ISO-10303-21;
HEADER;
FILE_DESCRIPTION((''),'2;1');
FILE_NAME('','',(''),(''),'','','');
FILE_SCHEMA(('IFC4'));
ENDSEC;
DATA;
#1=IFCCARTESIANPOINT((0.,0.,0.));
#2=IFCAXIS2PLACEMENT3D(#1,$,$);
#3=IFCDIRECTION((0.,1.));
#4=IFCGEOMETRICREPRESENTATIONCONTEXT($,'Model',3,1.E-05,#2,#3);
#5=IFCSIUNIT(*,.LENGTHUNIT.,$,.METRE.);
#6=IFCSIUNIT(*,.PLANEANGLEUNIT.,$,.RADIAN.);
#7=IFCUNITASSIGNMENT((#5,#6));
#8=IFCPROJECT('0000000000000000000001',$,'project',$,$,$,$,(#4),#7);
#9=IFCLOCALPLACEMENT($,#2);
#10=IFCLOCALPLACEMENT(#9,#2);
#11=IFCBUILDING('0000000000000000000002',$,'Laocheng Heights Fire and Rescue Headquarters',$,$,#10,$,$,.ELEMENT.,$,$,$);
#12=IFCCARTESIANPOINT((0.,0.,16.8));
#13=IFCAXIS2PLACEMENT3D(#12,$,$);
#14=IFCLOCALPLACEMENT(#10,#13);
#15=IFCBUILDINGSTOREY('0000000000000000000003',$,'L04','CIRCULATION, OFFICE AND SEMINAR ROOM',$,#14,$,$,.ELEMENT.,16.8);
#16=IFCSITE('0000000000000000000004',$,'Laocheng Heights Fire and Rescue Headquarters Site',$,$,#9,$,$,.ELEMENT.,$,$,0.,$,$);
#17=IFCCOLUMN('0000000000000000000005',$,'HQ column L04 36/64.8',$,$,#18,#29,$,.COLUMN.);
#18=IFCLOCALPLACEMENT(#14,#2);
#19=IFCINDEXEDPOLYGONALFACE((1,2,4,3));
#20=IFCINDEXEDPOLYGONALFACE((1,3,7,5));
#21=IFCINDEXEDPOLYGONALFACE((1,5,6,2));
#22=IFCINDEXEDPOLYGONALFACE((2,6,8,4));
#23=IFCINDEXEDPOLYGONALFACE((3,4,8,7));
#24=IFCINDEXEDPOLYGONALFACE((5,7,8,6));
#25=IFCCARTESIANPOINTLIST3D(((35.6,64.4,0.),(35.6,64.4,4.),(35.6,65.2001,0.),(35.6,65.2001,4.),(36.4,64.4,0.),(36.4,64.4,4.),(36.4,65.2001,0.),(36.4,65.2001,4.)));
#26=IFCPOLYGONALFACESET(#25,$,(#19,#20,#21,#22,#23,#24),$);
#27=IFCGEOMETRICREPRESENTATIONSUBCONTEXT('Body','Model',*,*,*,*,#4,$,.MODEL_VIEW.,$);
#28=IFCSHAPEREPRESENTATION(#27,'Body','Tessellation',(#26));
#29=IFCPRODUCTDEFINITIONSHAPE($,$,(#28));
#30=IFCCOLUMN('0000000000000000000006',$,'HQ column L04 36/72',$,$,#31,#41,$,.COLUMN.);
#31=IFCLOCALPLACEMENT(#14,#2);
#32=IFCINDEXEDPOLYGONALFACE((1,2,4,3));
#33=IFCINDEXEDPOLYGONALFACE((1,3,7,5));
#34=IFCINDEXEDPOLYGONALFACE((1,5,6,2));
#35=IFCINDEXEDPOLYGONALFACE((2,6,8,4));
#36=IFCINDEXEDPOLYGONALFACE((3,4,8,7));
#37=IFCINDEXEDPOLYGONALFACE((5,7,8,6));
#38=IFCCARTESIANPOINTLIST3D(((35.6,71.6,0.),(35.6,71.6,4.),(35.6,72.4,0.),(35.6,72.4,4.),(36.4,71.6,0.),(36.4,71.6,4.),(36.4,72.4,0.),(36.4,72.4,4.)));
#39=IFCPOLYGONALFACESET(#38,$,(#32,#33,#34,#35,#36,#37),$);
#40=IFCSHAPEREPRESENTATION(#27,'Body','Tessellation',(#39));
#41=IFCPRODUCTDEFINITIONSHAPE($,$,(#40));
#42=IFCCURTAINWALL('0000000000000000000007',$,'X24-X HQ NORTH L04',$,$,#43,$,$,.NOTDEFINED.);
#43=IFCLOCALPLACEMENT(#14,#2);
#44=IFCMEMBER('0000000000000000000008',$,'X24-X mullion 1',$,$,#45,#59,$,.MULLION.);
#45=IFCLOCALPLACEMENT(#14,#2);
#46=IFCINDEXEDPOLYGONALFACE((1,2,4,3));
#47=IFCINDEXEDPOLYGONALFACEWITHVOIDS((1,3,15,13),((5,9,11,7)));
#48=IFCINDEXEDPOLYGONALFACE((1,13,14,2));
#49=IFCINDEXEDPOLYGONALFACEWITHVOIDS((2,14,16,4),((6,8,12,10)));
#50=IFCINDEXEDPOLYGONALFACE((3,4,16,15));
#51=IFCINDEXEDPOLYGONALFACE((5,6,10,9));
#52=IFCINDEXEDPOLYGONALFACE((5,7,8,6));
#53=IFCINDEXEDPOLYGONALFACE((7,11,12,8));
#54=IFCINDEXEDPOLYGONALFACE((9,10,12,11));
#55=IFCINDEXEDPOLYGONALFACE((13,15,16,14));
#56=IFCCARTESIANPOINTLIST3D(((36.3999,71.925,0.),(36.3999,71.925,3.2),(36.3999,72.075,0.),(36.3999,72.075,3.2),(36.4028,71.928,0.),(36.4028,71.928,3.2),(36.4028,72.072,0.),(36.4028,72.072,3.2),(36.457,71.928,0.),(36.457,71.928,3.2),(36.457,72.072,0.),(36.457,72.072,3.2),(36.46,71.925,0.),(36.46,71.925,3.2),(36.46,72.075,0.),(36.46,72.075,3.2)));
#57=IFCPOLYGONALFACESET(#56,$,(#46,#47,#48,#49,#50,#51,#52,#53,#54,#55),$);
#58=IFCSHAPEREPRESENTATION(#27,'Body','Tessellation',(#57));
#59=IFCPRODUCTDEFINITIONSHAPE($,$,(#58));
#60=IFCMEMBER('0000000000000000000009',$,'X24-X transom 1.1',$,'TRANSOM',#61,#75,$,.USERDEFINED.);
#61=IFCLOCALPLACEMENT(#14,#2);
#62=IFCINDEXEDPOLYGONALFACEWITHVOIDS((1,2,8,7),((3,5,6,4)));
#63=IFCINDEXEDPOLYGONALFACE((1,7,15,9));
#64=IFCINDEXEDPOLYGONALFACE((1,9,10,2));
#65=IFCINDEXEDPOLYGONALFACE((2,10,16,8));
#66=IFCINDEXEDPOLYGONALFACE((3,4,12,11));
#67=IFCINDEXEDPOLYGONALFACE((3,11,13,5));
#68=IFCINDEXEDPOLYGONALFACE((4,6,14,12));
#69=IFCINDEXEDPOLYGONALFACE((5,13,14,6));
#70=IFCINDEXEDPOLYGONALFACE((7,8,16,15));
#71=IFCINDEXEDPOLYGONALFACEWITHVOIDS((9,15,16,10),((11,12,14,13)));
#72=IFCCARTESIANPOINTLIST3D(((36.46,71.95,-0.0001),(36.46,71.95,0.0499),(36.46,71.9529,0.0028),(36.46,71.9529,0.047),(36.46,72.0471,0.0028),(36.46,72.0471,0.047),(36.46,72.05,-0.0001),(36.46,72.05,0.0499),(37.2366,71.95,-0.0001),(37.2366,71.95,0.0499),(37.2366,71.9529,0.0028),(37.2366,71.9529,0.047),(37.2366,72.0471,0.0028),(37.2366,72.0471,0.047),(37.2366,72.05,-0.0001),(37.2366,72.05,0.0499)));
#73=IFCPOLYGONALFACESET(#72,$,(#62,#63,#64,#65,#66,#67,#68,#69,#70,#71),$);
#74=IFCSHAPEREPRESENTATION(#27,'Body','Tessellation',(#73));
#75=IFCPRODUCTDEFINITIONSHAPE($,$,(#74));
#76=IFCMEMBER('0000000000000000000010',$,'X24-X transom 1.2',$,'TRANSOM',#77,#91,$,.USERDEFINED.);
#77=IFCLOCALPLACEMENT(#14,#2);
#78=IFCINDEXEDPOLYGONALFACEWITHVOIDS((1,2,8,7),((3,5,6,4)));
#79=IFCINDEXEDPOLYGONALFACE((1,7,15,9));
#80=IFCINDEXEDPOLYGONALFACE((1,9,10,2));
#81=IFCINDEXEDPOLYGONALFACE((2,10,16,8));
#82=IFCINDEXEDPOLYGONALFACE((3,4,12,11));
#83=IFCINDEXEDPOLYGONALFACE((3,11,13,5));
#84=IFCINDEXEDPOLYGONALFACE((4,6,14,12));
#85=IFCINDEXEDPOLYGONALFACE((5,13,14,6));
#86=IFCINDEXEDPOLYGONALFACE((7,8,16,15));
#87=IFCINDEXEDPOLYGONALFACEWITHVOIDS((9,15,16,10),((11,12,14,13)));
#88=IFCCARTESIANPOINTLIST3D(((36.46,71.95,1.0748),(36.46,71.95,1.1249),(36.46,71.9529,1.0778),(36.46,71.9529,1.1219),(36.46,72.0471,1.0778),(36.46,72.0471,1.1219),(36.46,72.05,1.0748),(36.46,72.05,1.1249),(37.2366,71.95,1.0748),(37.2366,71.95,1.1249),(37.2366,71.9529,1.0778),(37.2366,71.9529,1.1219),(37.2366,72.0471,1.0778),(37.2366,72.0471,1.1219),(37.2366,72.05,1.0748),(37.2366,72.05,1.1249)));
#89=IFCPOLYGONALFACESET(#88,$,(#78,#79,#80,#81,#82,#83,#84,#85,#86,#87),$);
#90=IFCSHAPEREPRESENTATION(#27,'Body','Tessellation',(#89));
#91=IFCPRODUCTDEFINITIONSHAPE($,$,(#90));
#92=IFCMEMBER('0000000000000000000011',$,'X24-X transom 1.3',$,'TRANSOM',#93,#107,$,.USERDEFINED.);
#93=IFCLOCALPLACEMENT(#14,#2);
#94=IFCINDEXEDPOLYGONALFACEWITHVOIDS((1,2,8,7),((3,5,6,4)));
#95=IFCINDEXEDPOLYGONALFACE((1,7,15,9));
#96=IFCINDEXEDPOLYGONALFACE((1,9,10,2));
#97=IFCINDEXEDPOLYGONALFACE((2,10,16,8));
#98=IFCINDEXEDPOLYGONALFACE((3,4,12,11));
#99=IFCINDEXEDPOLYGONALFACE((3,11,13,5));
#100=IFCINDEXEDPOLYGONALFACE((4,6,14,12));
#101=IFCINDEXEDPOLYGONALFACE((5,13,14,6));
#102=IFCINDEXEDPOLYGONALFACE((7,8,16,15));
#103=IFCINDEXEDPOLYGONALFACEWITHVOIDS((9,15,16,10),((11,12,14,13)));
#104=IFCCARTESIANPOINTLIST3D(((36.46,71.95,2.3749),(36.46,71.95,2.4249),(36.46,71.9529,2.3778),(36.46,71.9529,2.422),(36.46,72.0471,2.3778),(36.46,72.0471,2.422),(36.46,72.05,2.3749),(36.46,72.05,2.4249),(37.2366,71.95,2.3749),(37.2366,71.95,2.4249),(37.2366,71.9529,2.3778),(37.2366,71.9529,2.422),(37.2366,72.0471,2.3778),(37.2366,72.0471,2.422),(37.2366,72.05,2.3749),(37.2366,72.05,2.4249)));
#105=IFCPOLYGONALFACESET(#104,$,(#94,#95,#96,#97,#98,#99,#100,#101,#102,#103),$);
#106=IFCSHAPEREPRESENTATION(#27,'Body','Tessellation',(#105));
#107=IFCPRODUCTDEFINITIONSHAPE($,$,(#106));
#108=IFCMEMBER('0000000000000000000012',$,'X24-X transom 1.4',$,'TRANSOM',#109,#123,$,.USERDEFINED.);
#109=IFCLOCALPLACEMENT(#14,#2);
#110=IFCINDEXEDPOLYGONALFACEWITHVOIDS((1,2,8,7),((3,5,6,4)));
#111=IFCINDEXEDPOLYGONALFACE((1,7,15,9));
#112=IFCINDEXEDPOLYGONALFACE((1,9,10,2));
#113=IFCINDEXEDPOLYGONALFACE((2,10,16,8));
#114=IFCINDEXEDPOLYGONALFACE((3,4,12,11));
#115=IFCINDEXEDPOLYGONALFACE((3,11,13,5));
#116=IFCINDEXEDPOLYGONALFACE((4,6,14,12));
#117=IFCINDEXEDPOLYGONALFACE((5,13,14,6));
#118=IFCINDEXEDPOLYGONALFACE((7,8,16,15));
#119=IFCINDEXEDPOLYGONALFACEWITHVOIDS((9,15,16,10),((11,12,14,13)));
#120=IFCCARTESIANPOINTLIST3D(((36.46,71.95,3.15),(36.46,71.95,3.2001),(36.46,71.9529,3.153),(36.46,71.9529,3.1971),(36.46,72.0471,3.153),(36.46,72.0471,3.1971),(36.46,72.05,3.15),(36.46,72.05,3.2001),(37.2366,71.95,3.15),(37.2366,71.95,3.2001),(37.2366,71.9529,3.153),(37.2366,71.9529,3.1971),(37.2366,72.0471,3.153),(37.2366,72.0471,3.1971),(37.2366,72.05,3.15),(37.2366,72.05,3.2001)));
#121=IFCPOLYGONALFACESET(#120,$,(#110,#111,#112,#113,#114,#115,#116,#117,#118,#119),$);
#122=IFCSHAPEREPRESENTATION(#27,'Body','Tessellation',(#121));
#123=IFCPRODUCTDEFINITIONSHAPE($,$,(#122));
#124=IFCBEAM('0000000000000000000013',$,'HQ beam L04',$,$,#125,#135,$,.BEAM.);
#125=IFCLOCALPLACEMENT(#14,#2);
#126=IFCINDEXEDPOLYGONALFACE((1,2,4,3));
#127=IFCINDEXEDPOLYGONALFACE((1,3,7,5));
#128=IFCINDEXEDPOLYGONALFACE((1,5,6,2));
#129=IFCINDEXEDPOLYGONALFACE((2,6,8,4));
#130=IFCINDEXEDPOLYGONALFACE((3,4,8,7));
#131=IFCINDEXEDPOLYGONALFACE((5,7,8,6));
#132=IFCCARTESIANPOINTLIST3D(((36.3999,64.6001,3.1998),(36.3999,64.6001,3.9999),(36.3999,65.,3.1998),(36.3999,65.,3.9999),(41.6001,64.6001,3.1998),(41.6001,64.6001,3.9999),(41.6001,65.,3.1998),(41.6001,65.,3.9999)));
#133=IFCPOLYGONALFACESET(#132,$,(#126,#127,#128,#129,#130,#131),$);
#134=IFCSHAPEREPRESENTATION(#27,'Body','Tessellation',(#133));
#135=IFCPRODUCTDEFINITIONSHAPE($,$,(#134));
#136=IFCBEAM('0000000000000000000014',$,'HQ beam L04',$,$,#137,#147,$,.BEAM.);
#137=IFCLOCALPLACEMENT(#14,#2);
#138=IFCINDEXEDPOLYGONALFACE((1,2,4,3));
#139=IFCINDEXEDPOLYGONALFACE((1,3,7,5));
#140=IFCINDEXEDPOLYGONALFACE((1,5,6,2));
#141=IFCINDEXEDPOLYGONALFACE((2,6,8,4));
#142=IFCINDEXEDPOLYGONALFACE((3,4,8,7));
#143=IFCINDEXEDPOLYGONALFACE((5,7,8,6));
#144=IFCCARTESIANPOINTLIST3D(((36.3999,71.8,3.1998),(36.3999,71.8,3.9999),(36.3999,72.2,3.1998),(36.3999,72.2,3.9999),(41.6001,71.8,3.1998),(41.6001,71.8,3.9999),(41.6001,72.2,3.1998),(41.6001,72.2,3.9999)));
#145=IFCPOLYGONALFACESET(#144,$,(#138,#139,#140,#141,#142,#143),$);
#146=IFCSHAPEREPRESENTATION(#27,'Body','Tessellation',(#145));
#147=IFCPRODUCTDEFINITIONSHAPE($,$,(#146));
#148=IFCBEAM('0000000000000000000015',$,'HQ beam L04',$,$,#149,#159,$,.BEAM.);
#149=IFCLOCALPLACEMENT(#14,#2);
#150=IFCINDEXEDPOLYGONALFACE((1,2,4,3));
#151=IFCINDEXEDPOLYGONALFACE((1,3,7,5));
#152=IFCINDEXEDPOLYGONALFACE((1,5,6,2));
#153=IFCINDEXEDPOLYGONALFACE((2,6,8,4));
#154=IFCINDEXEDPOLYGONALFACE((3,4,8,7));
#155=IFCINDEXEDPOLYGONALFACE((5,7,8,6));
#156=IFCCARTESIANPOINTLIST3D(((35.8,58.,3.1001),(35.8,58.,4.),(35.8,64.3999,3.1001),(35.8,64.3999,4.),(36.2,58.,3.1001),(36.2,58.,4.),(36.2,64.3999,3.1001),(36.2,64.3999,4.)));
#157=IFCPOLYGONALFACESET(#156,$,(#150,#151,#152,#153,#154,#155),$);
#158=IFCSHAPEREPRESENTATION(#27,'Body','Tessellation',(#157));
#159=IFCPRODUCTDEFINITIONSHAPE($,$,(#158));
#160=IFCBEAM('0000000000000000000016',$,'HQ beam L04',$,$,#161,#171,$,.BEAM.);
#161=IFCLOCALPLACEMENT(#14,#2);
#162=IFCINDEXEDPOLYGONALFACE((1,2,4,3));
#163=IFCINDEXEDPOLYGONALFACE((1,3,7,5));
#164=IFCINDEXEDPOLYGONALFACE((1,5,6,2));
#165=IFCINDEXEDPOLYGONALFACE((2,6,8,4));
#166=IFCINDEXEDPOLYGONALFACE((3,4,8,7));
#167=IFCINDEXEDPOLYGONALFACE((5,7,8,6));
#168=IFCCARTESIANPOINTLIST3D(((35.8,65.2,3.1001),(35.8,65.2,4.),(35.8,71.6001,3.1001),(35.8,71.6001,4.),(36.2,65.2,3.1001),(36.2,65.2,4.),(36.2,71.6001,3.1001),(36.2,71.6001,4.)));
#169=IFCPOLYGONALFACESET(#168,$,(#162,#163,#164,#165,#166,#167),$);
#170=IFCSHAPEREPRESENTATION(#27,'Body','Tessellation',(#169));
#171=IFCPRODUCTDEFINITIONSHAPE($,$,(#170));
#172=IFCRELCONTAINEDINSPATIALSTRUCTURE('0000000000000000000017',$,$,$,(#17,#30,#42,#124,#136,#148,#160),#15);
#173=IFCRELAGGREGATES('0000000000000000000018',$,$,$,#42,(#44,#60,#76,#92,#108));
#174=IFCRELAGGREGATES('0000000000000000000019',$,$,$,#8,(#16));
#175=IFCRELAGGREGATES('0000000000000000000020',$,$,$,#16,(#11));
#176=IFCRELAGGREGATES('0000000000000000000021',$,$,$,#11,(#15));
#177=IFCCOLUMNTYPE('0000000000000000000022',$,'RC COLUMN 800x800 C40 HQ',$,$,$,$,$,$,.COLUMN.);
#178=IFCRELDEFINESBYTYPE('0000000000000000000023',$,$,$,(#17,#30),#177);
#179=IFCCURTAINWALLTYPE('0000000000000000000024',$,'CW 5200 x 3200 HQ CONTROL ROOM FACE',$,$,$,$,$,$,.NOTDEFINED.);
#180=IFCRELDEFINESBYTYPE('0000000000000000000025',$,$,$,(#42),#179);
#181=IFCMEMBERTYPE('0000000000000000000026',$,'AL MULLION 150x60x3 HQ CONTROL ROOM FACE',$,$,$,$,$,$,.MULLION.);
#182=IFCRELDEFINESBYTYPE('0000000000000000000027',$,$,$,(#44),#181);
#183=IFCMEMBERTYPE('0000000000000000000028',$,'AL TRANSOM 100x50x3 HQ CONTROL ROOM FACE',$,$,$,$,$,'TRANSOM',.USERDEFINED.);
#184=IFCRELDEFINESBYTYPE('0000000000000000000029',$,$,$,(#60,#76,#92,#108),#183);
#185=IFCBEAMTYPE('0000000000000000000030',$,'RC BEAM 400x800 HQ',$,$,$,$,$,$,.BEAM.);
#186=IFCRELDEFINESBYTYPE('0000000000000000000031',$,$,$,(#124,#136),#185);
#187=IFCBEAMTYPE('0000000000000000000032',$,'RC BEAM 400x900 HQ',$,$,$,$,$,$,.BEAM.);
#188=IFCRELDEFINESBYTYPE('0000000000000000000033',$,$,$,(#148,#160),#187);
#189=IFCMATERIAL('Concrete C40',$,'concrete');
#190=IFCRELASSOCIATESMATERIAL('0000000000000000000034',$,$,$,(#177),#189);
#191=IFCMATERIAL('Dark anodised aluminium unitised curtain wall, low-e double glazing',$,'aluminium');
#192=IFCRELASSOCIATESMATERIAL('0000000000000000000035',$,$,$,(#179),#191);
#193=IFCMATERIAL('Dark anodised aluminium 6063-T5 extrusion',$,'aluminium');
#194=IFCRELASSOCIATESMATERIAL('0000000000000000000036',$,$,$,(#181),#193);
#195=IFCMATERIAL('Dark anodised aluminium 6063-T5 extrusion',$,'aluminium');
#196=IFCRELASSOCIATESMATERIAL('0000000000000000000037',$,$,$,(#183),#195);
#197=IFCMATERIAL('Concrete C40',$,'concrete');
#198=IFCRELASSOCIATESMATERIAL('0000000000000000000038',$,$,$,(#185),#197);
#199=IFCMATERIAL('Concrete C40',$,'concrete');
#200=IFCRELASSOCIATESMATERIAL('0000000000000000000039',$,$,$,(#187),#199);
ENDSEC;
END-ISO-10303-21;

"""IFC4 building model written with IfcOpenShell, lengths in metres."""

from ifc_helpers import new_model, si_unit, direction, frame, origin, origin_2d, place, context, subcontext, project, spatial, rectangle, hollow_rectangle, extrude, material, material_profile, profile_set, type_object, element, aggregate, save


model = new_model("IFC4")

# Units and contexts
model_context = context("Model", 3, precision=1e-05, world=origin(), true_north=direction((0.0, 1.0)))
body_context = subcontext(model_context, "Body", "Model", "MODEL_VIEW")
ifc_project = project(units=[si_unit("LENGTHUNIT", "METRE"), si_unit("PLANEANGLEUNIT", "RADIAN")], contexts=[model_context])

# Site, building, storey
site_placement = place(None, origin())
site = spatial("IfcSite", under=ifc_project, at=site_placement, Name="Laocheng Heights Fire and Rescue Headquarters Site", CompositionType="ELEMENT", RefElevation=0.0)
building_placement = place(site_placement, origin())
building = spatial("IfcBuilding", under=site, at=building_placement, Name="Laocheng Heights Fire and Rescue Headquarters", CompositionType="ELEMENT")
storey_placement = place(building_placement, frame((0.0, 0.0, 16.8)))
storey = spatial("IfcBuildingStorey", under=building, at=storey_placement, Name="L04", Description="CIRCULATION, OFFICE AND SEMINAR ROOM", CompositionType="ELEMENT", Elevation=16.8)

# Columns
ifc_material_1 = material(Name="Concrete C40", Category="concrete")
ifc_material_profile_1 = material_profile(ifc_material_1, rectangle(XDim=0.8, YDim=0.8, at=origin_2d()), Name="RC COLUMN 800x800 C40 HQ")
ifc_profile_set_1 = profile_set([ifc_material_profile_1], Name="Concrete C40")
column_type = type_object("IfcColumnType", Name="RC COLUMN 800x800 C40 HQ", PredefinedType="COLUMN", material=ifc_profile_set_1)
for number, where, z_axis, x_axis, name in (
    (1, (36.0, 64.8, 0.0), (0.0, 0.0, 1.0), (1.0, 0.0, 0.0), "HQ column L04 36/64.8"),
    (2, (36.0, 72.0, 0.0), (0.0, 0.0, 1.0), (1.0, 0.0, 0.0), "HQ column L04 36/72"),
):
    element("IfcColumn", number, at=place(storey_placement, frame(where, z_axis=z_axis, x_axis=x_axis)), inside=storey, type_object=column_type, Name=name, PredefinedType="COLUMN", context=body_context, shape_type="SweptSolid", body=[
        extrude(rectangle(XDim=0.8, YDim=0.8, at=origin_2d()), origin(), (0.0, 0.0, 1.0), 4.0),
    ])

# Curtain wall, members
ifc_material_2 = material(Name="Dark anodised aluminium unitised curtain wall, low-e double glazing", Category="aluminium")
curtain_wall_type = type_object("IfcCurtainWallType", Name="CW 5200 x 3200 HQ CONTROL ROOM FACE", PredefinedType="NOTDEFINED", material=ifc_material_2)
curtain_wall_placement = place(storey_placement, origin())
curtain_wall = element("IfcCurtainWall", 3, at=curtain_wall_placement, inside=storey, type_object=curtain_wall_type, Name="X24-X HQ NORTH L04", PredefinedType="NOTDEFINED")
ifc_material_3 = material(Name="Dark anodised aluminium 6063-T5 extrusion", Category="aluminium")
ifc_material_profile_2 = material_profile(ifc_material_3, hollow_rectangle(XDim=0.1499, YDim=0.0601, WallThickness=0.0029, at=origin_2d()), Name="AL MULLION 150x60x3 HQ CONTROL ROOM FACE")
ifc_profile_set_2 = profile_set([ifc_material_profile_2], Name="Dark anodised aluminium 6063-T5 extrusion")
member_type_1 = type_object("IfcMemberType", Name="AL MULLION 150x60x3 HQ CONTROL ROOM FACE", PredefinedType="MULLION", material=ifc_profile_set_2)
member_1_placement = place(storey_placement, frame((36.4299, 72.0, 0.0), z_axis=(0.0, 0.0, 1.0), x_axis=(0.0, 1.0, 0.0)))
member_1 = element("IfcMember", 4, at=member_1_placement, type_object=member_type_1, Name="X24-X mullion 1", PredefinedType="MULLION", context=body_context, shape_type="SweptSolid", body=[
    extrude(hollow_rectangle(XDim=0.1499, YDim=0.0601, WallThickness=0.0029, at=origin_2d()), origin(), (0.0, 0.0, 1.0), 3.2),
])
ifc_material_4 = material(Name="Dark anodised aluminium 6063-T5 extrusion", Category="aluminium")
ifc_material_profile_3 = material_profile(ifc_material_4, hollow_rectangle(XDim=0.1001, YDim=0.05, WallThickness=0.0029, at=origin_2d()), Name="AL TRANSOM 100x50x3 HQ CONTROL ROOM FACE")
ifc_profile_set_3 = profile_set([ifc_material_profile_3], Name="Dark anodised aluminium 6063-T5 extrusion")
member_type_2 = type_object("IfcMemberType", Name="AL TRANSOM 100x50x3 HQ CONTROL ROOM FACE", ElementType="TRANSOM", PredefinedType="USERDEFINED", material=ifc_profile_set_3)
member_2_placement = place(storey_placement, frame((36.46, 72.0, 0.0249), z_axis=(1.0, 0.0, 0.0), x_axis=(0.0, 1.0, 0.0)))
member_2 = element("IfcMember", 5, at=member_2_placement, type_object=member_type_2, Name="X24-X transom 1.1", ObjectType="TRANSOM", PredefinedType="USERDEFINED", context=body_context, shape_type="SweptSolid", body=[
    extrude(hollow_rectangle(XDim=0.1001, YDim=0.05, WallThickness=0.0029, at=origin_2d()), origin(), (0.0, 0.0, 1.0), 0.7766),
])
member_3_placement = place(storey_placement, frame((36.46, 72.0, 1.0999), z_axis=(1.0, 0.0, 0.0), x_axis=(0.0, 1.0, 0.0)))
member_3 = element("IfcMember", 6, at=member_3_placement, type_object=member_type_2, Name="X24-X transom 1.2", ObjectType="TRANSOM", PredefinedType="USERDEFINED", context=body_context, shape_type="SweptSolid", body=[
    extrude(hollow_rectangle(XDim=0.1001, YDim=0.05, WallThickness=0.0029, at=origin_2d()), origin(), (0.0, 0.0, 1.0), 0.7766),
])
member_4_placement = place(storey_placement, frame((36.46, 72.0, 2.3999), z_axis=(1.0, 0.0, 0.0), x_axis=(0.0, 1.0, 0.0)))
member_4 = element("IfcMember", 7, at=member_4_placement, type_object=member_type_2, Name="X24-X transom 1.3", ObjectType="TRANSOM", PredefinedType="USERDEFINED", context=body_context, shape_type="SweptSolid", body=[
    extrude(hollow_rectangle(XDim=0.1001, YDim=0.05, WallThickness=0.0029, at=origin_2d()), origin(), (0.0, 0.0, 1.0), 0.7766),
])
member_5_placement = place(storey_placement, frame((36.46, 72.0, 3.175), z_axis=(1.0, 0.0, 0.0), x_axis=(0.0, 1.0, 0.0)))
member_5 = element("IfcMember", 8, at=member_5_placement, type_object=member_type_2, Name="X24-X transom 1.4", ObjectType="TRANSOM", PredefinedType="USERDEFINED", context=body_context, shape_type="SweptSolid", body=[
    extrude(hollow_rectangle(XDim=0.1001, YDim=0.05, WallThickness=0.0029, at=origin_2d()), origin(), (0.0, 0.0, 1.0), 0.7766),
])
aggregate(curtain_wall, [member_1, member_2, member_3, member_4, member_5])

# Beams
ifc_material_5 = material(Name="Concrete C40", Category="concrete")
ifc_material_profile_4 = material_profile(ifc_material_5, rectangle(XDim=0.3999, YDim=0.8, at=origin_2d()), Name="RC BEAM 400x800 HQ")
ifc_profile_set_4 = profile_set([ifc_material_profile_4], Name="Concrete C40")
beam_type_1 = type_object("IfcBeamType", Name="RC BEAM 400x800 HQ", PredefinedType="BEAM", material=ifc_profile_set_4)
for number, where, z_axis, x_axis, name in (
    (9, (36.3999, 64.8, 3.5999), (1.0, 0.0, 0.0), (0.0, 1.0, 0.0), "HQ beam L04"),
    (10, (36.3999, 72.0, 3.5999), (1.0, 0.0, 0.0), (0.0, 1.0, 0.0), "HQ beam L04"),
):
    element("IfcBeam", number, at=place(storey_placement, frame(where, z_axis=z_axis, x_axis=x_axis)), inside=storey, type_object=beam_type_1, Name=name, PredefinedType="BEAM", context=body_context, shape_type="SweptSolid", body=[
        extrude(rectangle(XDim=0.3999, YDim=0.8, at=origin_2d()), origin(), (0.0, 0.0, 1.0), 5.2002),
    ])
ifc_material_6 = material(Name="Concrete C40", Category="concrete")
ifc_material_profile_5 = material_profile(ifc_material_6, rectangle(XDim=0.3999, YDim=0.8999, at=origin_2d()), Name="RC BEAM 400x900 HQ")
ifc_profile_set_5 = profile_set([ifc_material_profile_5], Name="Concrete C40")
beam_type_2 = type_object("IfcBeamType", Name="RC BEAM 400x900 HQ", PredefinedType="BEAM", material=ifc_profile_set_5)
beam_1_placement = place(storey_placement, frame((36.0, 58.0, 3.55), z_axis=(0.0, 1.0, 0.0), x_axis=(-1.0, 0.0, 0.0)))
element("IfcBeam", 11, at=beam_1_placement, inside=storey, type_object=beam_type_2, Name="HQ beam L04", PredefinedType="BEAM", context=body_context, shape_type="SweptSolid", body=[
    extrude(rectangle(XDim=0.3999, YDim=0.8999, at=origin_2d()), origin(), (0.0, 0.0, 1.0), 6.3999),
])
beam_2_placement = place(storey_placement, frame((36.0, 65.2, 3.55), z_axis=(0.0, 1.0, 0.0), x_axis=(-1.0, 0.0, 0.0)))
element("IfcBeam", 12, at=beam_2_placement, inside=storey, type_object=beam_type_2, Name="HQ beam L04", PredefinedType="BEAM", context=body_context, shape_type="SweptSolid", body=[
    extrude(rectangle(XDim=0.3999, YDim=0.8999, at=origin_2d()), origin(), (0.0, 0.0, 1.0), 6.4001),
])

save(model, "model.ifc")
